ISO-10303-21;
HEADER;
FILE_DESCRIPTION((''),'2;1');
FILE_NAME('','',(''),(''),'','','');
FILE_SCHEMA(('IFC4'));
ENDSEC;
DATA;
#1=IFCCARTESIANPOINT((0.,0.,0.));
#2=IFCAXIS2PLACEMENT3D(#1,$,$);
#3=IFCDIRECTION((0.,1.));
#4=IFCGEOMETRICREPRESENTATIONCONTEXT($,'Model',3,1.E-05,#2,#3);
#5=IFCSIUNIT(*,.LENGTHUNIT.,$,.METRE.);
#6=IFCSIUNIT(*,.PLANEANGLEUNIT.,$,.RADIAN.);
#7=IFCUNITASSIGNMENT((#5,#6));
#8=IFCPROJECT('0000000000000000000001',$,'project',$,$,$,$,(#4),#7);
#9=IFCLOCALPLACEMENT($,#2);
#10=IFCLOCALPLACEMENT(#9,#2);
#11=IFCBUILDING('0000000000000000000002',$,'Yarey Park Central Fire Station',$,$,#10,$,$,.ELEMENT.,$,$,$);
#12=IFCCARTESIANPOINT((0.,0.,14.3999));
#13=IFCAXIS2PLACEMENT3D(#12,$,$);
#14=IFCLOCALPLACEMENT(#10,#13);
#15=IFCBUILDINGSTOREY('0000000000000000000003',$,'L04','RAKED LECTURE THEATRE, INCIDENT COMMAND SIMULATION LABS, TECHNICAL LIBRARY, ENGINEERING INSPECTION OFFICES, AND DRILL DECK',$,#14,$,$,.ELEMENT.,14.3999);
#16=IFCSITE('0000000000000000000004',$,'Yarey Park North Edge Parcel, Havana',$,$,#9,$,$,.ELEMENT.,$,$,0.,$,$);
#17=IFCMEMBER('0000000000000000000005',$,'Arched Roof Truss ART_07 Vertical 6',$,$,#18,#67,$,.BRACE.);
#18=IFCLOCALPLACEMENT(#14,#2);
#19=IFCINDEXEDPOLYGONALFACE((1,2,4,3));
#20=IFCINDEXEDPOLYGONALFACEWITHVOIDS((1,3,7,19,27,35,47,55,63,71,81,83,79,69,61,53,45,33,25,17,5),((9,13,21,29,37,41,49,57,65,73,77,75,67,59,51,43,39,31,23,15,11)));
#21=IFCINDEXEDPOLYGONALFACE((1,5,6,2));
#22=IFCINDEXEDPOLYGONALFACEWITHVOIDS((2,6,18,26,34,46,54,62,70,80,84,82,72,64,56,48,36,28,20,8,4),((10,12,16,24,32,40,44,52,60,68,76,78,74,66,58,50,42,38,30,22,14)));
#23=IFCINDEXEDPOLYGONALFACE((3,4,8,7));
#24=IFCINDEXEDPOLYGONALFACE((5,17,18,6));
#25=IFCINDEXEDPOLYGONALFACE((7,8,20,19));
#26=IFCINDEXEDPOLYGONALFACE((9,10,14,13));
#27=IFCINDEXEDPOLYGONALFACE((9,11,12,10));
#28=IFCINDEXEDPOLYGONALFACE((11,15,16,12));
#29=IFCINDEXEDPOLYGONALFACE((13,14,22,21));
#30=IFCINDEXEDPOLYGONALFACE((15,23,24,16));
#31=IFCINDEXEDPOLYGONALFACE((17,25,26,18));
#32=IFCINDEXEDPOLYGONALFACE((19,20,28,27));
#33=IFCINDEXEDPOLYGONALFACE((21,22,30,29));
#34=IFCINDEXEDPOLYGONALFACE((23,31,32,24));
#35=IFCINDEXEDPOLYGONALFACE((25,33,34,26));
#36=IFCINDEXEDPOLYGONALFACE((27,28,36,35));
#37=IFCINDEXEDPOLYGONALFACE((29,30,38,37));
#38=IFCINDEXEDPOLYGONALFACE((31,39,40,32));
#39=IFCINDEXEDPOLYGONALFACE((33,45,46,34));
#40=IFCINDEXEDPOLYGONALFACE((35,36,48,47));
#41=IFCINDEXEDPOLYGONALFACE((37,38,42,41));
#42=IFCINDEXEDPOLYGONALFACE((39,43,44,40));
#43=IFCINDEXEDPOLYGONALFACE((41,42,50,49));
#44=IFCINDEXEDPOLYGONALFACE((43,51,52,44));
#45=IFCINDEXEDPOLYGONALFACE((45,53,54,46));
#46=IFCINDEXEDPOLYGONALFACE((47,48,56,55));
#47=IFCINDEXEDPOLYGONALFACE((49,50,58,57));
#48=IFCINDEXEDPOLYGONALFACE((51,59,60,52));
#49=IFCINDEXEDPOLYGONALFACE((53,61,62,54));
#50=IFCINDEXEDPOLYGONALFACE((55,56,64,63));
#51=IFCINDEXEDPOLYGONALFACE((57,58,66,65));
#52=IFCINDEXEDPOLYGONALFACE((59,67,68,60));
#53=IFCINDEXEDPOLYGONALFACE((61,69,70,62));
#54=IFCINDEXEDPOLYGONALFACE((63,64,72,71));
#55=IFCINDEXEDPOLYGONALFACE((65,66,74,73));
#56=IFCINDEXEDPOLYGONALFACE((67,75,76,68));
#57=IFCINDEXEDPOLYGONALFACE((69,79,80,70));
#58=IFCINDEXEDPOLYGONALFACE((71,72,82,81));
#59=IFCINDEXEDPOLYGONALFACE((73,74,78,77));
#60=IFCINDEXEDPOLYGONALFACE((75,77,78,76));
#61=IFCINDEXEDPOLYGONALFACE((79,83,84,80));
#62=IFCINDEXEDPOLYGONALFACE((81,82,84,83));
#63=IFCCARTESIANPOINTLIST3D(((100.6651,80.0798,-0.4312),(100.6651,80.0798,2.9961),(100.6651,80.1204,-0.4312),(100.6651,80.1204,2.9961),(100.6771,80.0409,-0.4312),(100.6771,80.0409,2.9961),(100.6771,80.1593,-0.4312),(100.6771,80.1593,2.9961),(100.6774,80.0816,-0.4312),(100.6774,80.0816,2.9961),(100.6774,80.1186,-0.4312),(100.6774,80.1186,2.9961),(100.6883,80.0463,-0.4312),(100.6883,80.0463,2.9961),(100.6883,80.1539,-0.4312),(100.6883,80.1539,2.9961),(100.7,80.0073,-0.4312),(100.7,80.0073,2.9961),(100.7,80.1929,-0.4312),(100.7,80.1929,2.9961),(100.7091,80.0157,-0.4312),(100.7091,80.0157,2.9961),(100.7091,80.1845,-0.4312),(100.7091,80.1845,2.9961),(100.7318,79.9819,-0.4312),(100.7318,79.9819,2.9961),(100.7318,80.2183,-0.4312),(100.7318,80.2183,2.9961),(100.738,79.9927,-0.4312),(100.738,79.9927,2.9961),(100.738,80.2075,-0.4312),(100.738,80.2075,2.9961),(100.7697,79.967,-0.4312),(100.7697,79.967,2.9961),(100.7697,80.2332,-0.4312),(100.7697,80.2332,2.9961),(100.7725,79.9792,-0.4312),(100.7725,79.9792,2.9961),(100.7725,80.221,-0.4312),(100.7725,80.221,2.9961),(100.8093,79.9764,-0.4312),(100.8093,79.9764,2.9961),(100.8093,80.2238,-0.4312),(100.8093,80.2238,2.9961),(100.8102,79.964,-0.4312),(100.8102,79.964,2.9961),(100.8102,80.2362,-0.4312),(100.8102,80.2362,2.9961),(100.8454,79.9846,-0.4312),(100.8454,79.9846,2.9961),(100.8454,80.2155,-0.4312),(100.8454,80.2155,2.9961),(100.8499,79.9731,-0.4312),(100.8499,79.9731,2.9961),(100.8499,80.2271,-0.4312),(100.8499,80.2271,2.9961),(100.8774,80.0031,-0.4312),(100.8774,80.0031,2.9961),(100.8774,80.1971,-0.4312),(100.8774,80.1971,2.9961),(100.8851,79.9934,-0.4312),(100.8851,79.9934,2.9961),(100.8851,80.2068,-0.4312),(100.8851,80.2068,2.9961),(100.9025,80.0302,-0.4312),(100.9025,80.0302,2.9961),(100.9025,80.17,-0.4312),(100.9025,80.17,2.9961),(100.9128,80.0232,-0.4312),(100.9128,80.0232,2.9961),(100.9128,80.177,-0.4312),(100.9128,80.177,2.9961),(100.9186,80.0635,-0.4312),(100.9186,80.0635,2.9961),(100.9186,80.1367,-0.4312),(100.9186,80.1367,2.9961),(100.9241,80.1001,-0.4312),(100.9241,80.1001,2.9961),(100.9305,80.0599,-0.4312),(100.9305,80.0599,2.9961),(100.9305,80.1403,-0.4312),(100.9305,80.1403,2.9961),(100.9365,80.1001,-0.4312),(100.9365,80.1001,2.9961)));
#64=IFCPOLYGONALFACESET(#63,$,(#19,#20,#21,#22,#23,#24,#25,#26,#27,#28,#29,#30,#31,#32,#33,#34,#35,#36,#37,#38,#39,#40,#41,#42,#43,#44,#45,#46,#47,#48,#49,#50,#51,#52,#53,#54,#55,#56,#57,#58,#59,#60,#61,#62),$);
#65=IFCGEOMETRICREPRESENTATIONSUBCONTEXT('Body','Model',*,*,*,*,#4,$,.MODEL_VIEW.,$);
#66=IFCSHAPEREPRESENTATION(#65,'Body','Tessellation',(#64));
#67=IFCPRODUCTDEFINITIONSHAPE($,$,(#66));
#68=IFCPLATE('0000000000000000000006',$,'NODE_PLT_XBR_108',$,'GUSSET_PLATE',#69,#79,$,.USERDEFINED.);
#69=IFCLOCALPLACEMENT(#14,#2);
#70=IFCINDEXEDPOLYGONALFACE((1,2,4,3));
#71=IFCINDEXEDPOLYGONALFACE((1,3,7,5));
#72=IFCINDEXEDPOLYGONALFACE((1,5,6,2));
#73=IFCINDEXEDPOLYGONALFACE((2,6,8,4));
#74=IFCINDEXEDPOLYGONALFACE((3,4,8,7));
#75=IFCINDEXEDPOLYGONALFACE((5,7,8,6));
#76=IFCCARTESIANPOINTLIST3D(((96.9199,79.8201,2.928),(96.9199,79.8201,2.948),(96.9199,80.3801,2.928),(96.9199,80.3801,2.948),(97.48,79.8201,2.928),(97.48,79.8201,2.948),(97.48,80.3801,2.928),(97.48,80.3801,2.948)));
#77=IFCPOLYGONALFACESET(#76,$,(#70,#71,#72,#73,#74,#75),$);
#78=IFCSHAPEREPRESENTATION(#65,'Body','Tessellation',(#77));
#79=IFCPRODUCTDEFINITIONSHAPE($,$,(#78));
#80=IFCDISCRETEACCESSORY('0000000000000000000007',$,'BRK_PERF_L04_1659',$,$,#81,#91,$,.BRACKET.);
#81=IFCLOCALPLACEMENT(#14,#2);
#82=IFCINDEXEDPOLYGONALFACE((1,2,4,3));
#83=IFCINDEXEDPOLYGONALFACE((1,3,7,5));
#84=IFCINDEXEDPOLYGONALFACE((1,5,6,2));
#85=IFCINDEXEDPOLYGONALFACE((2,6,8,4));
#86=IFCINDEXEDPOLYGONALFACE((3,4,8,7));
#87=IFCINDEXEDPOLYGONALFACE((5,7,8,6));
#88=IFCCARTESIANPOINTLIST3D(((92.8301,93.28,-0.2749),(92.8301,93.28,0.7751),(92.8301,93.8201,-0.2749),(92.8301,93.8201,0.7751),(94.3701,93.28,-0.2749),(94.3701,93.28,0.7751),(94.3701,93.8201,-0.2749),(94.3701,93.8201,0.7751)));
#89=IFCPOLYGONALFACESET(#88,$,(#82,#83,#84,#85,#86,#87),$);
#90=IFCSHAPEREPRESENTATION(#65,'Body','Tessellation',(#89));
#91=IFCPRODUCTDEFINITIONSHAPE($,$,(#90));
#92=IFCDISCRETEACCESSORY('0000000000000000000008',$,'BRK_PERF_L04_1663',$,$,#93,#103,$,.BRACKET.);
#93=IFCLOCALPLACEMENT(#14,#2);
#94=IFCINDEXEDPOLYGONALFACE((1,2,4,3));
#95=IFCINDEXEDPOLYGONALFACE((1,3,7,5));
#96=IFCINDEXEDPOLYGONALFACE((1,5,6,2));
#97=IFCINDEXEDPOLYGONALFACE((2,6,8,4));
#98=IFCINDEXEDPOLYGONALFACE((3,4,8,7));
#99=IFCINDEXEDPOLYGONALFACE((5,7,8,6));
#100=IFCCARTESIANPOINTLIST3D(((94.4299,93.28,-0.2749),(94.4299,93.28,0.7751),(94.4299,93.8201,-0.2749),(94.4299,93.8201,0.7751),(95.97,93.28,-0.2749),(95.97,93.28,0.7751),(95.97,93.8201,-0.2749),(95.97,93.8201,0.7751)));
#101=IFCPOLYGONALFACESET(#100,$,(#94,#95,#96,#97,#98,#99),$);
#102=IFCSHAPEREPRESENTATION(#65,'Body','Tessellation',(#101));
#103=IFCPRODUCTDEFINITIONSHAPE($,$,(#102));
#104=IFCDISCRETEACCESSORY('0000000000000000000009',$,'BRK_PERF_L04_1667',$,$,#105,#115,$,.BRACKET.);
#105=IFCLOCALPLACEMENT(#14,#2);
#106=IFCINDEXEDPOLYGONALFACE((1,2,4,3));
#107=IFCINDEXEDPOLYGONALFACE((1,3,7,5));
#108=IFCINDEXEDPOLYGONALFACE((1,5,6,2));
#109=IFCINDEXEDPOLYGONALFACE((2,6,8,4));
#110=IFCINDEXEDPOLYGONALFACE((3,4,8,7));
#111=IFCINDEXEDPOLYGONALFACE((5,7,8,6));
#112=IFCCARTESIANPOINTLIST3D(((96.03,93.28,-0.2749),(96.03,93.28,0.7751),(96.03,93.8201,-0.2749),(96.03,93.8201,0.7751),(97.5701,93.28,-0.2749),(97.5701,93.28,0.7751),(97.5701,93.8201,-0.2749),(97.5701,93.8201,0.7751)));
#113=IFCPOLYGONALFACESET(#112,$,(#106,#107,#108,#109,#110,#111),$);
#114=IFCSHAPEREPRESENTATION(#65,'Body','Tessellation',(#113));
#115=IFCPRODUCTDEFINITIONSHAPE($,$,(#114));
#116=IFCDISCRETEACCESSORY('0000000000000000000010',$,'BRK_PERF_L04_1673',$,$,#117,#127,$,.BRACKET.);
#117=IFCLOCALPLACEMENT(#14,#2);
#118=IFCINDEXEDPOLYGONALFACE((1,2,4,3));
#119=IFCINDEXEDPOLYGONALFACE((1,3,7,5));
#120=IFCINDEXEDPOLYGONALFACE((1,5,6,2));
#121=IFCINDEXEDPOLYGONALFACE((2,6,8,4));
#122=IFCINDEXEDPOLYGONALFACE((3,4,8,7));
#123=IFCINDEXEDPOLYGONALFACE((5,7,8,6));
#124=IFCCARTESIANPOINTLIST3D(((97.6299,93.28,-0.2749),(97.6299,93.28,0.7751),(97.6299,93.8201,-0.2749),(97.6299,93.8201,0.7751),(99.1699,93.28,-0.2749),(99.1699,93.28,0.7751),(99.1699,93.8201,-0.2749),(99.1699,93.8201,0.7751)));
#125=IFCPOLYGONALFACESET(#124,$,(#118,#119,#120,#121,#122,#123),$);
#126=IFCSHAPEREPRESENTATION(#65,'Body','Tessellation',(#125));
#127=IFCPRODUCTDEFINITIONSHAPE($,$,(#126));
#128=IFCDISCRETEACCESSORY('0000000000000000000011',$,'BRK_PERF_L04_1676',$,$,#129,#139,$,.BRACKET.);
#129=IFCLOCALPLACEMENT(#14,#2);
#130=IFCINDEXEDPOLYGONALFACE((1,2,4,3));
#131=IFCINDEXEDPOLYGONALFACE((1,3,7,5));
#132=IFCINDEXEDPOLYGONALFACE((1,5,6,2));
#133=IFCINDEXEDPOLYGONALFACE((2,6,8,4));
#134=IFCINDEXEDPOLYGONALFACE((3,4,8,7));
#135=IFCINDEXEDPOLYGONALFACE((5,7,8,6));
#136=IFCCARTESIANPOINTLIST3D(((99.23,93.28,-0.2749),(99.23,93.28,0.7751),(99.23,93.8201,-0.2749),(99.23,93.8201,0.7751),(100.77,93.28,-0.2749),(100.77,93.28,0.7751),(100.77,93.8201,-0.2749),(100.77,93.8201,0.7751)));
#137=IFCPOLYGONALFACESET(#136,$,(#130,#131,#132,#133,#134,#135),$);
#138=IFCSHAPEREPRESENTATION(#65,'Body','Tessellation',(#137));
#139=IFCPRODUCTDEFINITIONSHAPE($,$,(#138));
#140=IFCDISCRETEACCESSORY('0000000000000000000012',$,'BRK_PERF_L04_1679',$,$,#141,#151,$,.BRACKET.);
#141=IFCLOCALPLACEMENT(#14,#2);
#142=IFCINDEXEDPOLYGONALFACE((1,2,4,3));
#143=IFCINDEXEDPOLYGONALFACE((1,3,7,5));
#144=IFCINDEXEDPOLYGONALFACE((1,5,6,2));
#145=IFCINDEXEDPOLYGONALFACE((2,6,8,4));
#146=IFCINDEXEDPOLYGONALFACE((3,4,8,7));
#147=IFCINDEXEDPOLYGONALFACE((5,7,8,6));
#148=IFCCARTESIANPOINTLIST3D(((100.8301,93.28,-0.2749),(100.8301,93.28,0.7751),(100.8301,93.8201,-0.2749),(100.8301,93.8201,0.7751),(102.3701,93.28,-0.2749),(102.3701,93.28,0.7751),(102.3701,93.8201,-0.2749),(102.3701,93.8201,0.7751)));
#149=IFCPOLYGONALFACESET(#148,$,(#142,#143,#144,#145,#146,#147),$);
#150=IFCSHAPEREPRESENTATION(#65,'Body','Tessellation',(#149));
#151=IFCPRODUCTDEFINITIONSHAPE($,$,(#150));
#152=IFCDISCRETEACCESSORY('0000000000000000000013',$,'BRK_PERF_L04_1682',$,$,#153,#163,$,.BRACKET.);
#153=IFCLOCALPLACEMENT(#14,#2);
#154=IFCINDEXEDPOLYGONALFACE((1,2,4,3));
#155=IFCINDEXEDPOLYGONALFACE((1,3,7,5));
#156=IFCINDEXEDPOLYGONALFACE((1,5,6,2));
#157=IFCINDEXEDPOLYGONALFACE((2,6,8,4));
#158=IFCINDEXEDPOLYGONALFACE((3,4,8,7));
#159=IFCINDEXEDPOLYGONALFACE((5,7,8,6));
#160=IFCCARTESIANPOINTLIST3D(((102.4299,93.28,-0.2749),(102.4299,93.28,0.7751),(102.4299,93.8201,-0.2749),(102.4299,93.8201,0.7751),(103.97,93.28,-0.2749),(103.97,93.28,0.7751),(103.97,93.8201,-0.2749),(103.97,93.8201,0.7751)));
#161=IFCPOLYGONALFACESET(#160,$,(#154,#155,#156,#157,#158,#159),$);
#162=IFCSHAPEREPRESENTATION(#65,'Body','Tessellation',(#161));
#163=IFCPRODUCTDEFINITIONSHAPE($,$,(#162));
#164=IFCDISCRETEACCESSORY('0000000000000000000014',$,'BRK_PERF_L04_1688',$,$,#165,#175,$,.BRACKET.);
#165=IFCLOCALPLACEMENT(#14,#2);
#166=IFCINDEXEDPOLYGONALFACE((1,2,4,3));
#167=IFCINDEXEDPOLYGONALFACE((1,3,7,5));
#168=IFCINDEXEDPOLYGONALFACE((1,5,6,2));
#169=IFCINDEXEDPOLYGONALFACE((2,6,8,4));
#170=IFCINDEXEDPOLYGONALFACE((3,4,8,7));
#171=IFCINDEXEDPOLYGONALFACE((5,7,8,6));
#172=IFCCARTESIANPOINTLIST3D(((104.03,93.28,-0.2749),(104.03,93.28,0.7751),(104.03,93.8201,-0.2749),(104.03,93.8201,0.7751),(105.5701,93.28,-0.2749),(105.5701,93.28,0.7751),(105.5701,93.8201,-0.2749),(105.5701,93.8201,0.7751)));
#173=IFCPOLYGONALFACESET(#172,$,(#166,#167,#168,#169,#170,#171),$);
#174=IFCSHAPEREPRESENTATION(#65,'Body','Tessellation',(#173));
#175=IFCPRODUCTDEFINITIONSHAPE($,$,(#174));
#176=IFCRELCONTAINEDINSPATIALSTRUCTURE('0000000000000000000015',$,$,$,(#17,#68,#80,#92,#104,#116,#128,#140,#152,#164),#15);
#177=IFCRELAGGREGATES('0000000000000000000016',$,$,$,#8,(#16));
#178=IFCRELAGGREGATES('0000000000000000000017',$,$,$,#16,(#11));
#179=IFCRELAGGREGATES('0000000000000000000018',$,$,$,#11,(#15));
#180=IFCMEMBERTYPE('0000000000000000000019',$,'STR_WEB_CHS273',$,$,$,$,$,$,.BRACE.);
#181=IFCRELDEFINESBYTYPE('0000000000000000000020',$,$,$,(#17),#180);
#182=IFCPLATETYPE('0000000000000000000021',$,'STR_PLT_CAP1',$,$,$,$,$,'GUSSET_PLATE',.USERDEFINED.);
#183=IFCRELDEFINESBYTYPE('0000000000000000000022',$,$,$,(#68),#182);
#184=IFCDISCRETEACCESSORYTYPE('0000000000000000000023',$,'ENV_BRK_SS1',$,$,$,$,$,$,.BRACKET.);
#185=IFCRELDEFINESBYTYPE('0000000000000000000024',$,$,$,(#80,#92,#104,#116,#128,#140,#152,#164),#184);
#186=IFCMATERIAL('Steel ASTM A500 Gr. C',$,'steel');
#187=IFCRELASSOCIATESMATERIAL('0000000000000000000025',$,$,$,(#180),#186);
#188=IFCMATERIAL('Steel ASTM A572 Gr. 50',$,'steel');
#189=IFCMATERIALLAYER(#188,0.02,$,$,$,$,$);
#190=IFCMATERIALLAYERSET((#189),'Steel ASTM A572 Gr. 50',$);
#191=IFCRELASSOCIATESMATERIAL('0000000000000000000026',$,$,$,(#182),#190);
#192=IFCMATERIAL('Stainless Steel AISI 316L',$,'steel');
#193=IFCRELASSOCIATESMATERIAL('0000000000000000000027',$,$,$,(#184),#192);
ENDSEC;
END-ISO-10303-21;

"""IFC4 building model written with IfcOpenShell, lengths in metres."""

from ifc_helpers import new_model, si_unit, direction, frame, origin, origin_2d, place, context, subcontext, project, spatial, rectangle, hollow_circle, extrude, material, layer, layer_set, material_profile, profile_set, type_object, element, save


model = new_model("IFC4")

# Units and contexts
model_context = context("Model", 3, precision=1e-05, world=origin(), true_north=direction((0.0, 1.0)))
body_context = subcontext(model_context, "Body", "Model", "MODEL_VIEW")
ifc_project = project(units=[si_unit("LENGTHUNIT", "METRE"), si_unit("PLANEANGLEUNIT", "RADIAN")], contexts=[model_context])

# Site, building, storey
site_placement = place(None, origin())
site = spatial("IfcSite", under=ifc_project, at=site_placement, Name="Yarey Park North Edge Parcel, Havana", CompositionType="ELEMENT", RefElevation=0.0)
building_placement = place(site_placement, origin())
building = spatial("IfcBuilding", under=site, at=building_placement, Name="Yarey Park Central Fire Station", CompositionType="ELEMENT")
storey_placement = place(building_placement, frame((0.0, 0.0, 14.3999)))
storey = spatial("IfcBuildingStorey", under=building, at=storey_placement, Name="L04", Description="RAKED LECTURE THEATRE, INCIDENT COMMAND SIMULATION LABS, TECHNICAL LIBRARY, ENGINEERING INSPECTION OFFICES, AND DRILL DECK", CompositionType="ELEMENT", Elevation=14.3999)

# Member
ifc_material_1 = material(Name="Steel ASTM A500 Gr. C", Category="steel")
ifc_material_profile_1 = material_profile(ifc_material_1, hollow_circle(Radius=0.1365, WallThickness=0.0125, at=origin_2d()), Name="CHS 273x12.5")
ifc_profile_set_1 = profile_set([ifc_material_profile_1], Name="Steel ASTM A500 Gr. C")
member_type_1 = type_object("IfcMemberType", Name="STR_WEB_CHS273", PredefinedType="BRACE", material=ifc_profile_set_1)
member_1_placement = place(storey_placement, frame((100.8, 80.1001, -0.4312), z_axis=(0.0, 0.0, 1.0), x_axis=(1.0, 0.0, 0.0)))
element("IfcMember", 1, at=member_1_placement, inside=storey, type_object=member_type_1, Name="Arched Roof Truss ART_07 Vertical 6", PredefinedType="BRACE", context=body_context, shape_type="SweptSolid", body=[
    extrude(hollow_circle(Radius=0.1365, WallThickness=0.0125, at=origin_2d()), origin(), (0.0, 0.0, 1.0), 3.4272),
])

# Plate
ifc_material_2 = material(Name="Steel ASTM A572 Gr. 50", Category="steel")
ifc_layer = layer(ifc_material_2, 0.02)
ifc_layer_set = layer_set([ifc_layer], Name="Steel ASTM A572 Gr. 50")
plate_type = type_object("IfcPlateType", Name="STR_PLT_CAP1", ElementType="GUSSET_PLATE", PredefinedType="USERDEFINED", material=ifc_layer_set)
plate_placement = place(storey_placement, frame((97.2, 80.1001, 2.928), z_axis=(0.0, 0.0, 1.0), x_axis=(1.0, 0.0, 0.0)))
element("IfcPlate", 2, at=plate_placement, inside=storey, type_object=plate_type, Name="NODE_PLT_XBR_108", ObjectType="GUSSET_PLATE", PredefinedType="USERDEFINED", context=body_context, shape_type="SweptSolid", body=[
    extrude(rectangle(XDim=0.5601, YDim=0.5601, at=origin_2d()), origin(), (0.0, 0.0, 1.0), 0.02),
])

# Discrete accessories
ifc_material_3 = material(Name="Stainless Steel AISI 316L", Category="steel")
discrete_accessory_type = type_object("IfcDiscreteAccessoryType", Name="ENV_BRK_SS1", PredefinedType="BRACKET", material=ifc_material_3)
for number, where, z_axis, x_axis, name in (
    (3, (93.6001, 93.55, -0.2749), (0.0, 0.0, 1.0), (1.0, 0.0, 0.0), "BRK_PERF_L04_1659"),
    (4, (95.2, 93.55, -0.2749), (0.0, 0.0, 1.0), (1.0, 0.0, 0.0), "BRK_PERF_L04_1663"),
    (5, (96.8, 93.55, -0.2749), (0.0, 0.0, 1.0), (1.0, 0.0, 0.0), "BRK_PERF_L04_1667"),
    (6, (98.3999, 93.55, -0.2749), (0.0, 0.0, 1.0), (1.0, 0.0, 0.0), "BRK_PERF_L04_1673"),
    (7, (100.0, 93.55, -0.2749), (0.0, 0.0, 1.0), (1.0, 0.0, 0.0), "BRK_PERF_L04_1676"),
    (8, (101.6001, 93.55, -0.2749), (0.0, 0.0, 1.0), (1.0, 0.0, 0.0), "BRK_PERF_L04_1679"),
    (9, (103.2, 93.55, -0.2749), (0.0, 0.0, 1.0), (1.0, 0.0, 0.0), "BRK_PERF_L04_1682"),
    (10, (104.8, 93.55, -0.2749), (0.0, 0.0, 1.0), (1.0, 0.0, 0.0), "BRK_PERF_L04_1688"),
):
    element("IfcDiscreteAccessory", number, at=place(storey_placement, frame(where, z_axis=z_axis, x_axis=x_axis)), inside=storey, type_object=discrete_accessory_type, Name=name, PredefinedType="BRACKET", context=body_context, shape_type="SweptSolid", body=[
        extrude(rectangle(XDim=1.54, YDim=0.54, at=origin_2d()), origin(), (0.0, 0.0, 1.0), 1.05),
    ])

save(model, "model.ifc")
